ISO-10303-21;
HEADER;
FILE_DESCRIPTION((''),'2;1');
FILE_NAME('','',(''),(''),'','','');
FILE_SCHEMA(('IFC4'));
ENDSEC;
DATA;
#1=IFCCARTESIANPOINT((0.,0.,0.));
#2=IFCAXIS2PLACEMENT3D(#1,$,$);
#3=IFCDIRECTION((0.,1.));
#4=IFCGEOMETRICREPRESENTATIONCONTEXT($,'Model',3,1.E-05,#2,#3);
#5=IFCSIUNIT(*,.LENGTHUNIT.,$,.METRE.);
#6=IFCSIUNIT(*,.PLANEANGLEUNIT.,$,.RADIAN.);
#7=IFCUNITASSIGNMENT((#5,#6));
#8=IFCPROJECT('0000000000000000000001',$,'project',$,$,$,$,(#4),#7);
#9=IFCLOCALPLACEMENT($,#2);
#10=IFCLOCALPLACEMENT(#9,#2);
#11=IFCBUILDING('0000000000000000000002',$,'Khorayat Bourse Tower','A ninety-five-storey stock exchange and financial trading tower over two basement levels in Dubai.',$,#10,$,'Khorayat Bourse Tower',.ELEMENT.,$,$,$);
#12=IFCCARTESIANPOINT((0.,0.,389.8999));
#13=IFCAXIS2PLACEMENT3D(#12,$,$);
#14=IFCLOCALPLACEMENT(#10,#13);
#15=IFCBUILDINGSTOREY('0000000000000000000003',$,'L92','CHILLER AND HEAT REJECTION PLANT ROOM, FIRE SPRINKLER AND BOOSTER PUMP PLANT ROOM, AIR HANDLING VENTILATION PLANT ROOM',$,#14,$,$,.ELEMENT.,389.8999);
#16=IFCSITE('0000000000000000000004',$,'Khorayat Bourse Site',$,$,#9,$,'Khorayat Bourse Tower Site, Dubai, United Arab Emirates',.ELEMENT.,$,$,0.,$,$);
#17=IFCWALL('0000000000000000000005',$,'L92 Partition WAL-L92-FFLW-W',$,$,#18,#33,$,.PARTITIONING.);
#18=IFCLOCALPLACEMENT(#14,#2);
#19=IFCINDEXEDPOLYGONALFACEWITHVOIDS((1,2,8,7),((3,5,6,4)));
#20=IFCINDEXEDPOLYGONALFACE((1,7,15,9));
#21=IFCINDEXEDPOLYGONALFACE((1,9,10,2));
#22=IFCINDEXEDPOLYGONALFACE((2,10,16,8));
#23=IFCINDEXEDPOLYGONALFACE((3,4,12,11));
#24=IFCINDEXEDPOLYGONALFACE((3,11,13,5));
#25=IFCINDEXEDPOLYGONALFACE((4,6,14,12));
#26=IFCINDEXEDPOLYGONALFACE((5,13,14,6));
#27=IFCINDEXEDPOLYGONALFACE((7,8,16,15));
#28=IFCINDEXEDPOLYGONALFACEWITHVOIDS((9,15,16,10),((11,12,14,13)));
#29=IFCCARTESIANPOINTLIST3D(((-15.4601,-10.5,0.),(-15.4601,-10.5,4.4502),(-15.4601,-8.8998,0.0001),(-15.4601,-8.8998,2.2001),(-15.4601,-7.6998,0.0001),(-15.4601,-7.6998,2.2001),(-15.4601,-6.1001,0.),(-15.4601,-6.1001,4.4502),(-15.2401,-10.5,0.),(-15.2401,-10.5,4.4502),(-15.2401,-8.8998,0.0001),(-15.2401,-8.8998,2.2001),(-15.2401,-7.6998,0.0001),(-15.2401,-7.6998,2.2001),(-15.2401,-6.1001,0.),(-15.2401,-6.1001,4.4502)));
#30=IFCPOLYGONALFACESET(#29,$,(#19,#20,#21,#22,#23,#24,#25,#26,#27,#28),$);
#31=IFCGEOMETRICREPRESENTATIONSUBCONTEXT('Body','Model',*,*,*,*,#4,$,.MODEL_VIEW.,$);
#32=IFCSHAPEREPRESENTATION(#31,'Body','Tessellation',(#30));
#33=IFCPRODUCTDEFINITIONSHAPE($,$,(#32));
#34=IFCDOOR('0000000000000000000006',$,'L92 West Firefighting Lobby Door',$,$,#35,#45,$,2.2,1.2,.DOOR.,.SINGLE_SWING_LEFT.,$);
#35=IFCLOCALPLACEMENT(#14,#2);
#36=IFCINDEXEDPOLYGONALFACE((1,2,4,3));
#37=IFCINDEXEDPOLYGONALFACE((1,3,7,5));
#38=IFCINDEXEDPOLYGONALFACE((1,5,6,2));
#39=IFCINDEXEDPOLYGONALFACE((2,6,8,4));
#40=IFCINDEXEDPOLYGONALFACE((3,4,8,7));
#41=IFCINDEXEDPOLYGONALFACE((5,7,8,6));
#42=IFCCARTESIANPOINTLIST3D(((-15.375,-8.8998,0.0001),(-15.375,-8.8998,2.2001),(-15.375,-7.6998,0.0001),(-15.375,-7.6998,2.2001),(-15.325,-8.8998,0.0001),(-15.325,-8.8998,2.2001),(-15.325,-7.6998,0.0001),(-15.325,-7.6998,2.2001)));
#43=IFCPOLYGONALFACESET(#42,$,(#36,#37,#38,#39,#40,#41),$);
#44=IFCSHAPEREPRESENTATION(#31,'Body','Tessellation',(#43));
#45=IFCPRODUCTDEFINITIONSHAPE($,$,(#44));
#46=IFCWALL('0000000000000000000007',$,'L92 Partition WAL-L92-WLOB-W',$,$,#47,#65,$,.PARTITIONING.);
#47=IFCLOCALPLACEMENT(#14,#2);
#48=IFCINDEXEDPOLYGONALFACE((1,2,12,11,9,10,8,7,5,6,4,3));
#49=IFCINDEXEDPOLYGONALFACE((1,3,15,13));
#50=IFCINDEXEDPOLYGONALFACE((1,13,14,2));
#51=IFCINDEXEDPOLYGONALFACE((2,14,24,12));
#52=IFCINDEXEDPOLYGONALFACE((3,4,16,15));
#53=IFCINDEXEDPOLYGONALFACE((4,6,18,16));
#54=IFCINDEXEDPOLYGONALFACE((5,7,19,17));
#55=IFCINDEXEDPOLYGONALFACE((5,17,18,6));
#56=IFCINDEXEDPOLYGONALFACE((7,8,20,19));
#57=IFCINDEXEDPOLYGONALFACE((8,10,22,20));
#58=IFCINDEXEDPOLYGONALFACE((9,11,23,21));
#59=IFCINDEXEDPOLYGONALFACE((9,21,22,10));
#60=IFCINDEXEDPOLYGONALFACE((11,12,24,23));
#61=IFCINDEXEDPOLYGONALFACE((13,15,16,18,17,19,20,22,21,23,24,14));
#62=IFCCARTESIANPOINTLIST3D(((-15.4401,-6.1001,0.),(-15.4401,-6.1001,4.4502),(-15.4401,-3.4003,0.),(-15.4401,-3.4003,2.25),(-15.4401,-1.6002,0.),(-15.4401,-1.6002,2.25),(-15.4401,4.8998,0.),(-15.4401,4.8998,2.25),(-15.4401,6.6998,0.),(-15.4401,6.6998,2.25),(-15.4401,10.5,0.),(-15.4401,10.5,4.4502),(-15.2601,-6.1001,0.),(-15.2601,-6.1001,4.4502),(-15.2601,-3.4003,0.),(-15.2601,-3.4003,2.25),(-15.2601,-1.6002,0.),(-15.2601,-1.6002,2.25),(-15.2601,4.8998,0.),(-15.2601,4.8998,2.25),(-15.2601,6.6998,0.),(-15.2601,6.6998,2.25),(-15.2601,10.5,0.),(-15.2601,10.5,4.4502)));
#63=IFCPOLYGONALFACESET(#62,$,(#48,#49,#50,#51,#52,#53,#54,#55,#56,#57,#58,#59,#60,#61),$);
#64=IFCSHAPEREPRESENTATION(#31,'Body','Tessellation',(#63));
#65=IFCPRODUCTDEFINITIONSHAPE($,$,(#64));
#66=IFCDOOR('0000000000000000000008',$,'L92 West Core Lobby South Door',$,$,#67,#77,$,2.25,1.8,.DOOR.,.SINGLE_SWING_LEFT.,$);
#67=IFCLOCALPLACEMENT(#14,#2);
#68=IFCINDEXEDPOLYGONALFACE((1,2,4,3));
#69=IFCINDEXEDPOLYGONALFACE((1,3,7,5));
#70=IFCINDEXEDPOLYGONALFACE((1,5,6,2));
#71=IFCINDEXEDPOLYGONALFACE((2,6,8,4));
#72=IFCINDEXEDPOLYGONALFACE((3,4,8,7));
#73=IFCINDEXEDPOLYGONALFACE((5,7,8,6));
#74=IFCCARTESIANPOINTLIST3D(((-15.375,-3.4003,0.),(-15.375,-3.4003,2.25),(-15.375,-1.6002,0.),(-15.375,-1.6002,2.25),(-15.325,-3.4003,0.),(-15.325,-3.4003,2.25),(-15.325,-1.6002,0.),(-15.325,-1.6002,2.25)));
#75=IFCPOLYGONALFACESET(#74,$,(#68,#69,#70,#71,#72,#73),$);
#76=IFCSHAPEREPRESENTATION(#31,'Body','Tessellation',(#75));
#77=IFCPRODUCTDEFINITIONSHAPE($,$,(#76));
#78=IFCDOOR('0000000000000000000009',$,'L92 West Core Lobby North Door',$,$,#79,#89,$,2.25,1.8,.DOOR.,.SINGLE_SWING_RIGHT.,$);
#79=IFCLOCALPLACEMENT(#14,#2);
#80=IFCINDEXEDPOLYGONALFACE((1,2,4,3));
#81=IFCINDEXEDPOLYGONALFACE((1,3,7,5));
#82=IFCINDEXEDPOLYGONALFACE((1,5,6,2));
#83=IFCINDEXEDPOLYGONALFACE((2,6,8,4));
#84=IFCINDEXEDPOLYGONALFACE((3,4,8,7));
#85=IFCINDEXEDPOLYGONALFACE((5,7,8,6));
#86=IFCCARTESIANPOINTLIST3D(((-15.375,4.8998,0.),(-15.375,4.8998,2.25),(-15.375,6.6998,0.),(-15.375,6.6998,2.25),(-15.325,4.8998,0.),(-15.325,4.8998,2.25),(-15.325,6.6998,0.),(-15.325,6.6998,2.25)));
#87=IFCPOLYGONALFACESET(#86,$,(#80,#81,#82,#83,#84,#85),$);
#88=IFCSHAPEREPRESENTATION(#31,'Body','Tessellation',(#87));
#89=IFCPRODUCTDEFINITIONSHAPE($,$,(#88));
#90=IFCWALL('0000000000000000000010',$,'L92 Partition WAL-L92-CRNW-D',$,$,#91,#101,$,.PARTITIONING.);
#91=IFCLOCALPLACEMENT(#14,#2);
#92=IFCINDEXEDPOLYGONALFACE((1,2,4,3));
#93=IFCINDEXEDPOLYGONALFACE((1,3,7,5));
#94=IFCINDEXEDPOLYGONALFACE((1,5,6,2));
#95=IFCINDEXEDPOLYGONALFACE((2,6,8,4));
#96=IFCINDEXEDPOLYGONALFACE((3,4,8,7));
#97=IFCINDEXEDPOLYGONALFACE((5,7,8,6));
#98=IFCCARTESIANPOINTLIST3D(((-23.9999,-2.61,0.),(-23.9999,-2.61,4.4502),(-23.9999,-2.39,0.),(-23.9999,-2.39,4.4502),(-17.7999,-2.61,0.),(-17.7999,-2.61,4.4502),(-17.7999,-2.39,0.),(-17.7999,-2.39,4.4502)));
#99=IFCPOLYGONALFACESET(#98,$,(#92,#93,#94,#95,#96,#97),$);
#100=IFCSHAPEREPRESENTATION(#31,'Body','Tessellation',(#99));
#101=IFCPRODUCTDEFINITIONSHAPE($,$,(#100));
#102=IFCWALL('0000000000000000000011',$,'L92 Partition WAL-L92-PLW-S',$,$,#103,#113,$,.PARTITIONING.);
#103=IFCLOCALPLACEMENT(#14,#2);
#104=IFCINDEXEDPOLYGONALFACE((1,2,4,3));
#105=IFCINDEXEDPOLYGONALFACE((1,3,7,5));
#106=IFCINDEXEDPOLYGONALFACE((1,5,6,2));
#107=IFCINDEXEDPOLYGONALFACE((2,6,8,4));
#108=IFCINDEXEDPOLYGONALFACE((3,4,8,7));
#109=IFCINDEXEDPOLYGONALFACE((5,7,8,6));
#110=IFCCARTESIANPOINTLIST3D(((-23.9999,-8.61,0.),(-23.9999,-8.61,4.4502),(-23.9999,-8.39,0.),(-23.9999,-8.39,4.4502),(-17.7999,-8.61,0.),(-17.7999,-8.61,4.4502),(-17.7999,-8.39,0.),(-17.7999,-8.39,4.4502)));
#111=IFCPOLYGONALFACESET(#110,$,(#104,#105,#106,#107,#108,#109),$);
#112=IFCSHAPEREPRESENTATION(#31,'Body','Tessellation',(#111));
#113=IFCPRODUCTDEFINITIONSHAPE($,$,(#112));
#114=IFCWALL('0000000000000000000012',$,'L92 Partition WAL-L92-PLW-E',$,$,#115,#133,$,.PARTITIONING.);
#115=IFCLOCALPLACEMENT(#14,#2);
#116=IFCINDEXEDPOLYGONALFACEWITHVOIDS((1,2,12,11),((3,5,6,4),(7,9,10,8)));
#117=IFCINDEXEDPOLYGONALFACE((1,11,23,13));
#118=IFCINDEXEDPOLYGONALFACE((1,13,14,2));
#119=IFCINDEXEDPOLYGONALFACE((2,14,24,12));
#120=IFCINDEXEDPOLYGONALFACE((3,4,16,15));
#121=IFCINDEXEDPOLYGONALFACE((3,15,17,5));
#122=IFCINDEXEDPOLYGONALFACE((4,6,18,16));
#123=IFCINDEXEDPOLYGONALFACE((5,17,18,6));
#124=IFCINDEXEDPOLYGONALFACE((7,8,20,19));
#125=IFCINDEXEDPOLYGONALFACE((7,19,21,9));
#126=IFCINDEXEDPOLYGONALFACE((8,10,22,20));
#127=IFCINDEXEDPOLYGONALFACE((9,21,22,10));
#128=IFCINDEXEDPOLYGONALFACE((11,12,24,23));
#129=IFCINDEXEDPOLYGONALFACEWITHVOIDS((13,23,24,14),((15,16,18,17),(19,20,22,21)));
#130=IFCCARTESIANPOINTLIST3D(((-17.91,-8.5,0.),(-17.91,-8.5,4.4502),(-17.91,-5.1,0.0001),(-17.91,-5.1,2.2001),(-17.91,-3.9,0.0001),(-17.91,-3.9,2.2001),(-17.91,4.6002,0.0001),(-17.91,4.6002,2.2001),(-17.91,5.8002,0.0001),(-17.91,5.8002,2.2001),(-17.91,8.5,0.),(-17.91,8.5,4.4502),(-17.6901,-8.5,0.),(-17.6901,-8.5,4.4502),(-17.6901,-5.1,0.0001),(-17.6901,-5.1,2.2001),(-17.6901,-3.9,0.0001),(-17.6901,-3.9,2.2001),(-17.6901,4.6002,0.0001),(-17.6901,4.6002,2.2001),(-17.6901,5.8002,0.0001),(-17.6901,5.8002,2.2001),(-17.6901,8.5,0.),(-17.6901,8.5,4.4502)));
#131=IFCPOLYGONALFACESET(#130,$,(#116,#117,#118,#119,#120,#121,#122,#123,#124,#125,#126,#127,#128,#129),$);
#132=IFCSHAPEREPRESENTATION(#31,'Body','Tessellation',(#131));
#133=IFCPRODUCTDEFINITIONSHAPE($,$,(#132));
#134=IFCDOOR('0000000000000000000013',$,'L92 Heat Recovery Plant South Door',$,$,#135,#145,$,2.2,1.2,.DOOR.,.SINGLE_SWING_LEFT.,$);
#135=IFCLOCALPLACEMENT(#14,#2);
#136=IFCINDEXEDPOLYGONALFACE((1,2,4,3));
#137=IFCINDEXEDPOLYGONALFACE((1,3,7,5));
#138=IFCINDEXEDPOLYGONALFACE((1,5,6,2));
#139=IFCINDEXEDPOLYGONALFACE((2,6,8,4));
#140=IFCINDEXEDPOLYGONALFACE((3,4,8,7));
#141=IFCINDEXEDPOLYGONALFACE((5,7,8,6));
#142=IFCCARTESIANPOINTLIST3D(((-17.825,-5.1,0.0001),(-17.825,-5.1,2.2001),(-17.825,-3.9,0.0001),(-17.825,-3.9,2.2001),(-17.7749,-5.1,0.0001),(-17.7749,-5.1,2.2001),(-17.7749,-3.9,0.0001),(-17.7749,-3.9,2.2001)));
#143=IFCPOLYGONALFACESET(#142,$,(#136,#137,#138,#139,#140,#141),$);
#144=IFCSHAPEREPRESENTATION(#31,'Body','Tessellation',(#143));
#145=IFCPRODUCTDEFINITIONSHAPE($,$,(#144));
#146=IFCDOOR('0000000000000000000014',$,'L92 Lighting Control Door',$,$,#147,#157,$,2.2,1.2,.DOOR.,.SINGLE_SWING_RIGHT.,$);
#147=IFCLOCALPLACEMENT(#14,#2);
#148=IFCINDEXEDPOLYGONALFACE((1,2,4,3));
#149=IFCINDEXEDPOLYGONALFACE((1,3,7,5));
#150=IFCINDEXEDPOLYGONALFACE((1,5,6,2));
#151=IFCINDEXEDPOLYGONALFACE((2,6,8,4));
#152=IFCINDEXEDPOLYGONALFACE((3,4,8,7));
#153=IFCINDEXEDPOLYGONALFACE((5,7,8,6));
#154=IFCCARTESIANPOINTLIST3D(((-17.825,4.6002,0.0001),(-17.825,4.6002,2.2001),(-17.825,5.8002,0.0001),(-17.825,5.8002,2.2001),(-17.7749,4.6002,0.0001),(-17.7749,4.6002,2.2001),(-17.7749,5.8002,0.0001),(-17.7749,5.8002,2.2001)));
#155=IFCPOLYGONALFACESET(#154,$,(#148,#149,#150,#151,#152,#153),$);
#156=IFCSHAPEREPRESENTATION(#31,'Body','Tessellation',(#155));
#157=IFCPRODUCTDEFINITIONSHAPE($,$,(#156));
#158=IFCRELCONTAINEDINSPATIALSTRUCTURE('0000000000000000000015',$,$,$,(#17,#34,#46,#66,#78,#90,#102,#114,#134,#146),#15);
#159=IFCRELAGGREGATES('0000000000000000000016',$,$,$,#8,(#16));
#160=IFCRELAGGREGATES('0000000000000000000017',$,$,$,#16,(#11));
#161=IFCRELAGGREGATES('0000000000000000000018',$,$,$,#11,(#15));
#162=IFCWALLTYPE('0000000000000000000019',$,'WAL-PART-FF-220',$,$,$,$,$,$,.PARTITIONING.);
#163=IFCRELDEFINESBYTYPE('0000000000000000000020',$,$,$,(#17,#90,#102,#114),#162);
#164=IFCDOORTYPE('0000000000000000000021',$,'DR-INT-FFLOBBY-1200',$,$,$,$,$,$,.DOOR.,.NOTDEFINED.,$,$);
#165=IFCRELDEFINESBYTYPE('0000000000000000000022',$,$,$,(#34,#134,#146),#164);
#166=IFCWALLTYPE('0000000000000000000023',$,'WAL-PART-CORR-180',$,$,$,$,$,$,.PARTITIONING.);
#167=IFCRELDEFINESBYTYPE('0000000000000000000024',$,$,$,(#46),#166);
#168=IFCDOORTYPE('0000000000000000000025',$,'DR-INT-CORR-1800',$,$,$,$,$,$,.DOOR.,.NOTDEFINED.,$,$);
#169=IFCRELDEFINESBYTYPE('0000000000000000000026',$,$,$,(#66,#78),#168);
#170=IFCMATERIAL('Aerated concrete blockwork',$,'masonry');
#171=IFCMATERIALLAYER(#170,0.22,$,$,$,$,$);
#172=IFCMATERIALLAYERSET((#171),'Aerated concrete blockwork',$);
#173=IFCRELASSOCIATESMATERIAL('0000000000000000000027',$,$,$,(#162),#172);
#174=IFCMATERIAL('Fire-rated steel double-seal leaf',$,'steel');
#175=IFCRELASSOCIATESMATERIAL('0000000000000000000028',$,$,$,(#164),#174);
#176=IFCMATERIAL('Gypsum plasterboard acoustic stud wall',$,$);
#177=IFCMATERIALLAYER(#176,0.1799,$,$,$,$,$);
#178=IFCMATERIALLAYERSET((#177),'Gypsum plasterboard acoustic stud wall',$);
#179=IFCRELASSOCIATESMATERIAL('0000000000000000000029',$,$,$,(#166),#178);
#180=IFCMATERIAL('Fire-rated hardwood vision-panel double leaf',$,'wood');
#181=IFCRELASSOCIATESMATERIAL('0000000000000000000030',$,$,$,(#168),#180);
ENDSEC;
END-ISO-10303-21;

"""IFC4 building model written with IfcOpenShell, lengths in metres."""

from ifc_helpers import new_model, si_unit, direction, frame, frame_2d, origin, place, context, subcontext, project, spatial, rectangle, extrude, source, transform, mapped, material, layer, layer_set, type_object, element, fill, save


model = new_model("IFC4")

# Units and contexts
model_context = context("Model", 3, precision=1e-05, world=origin(), true_north=direction((0.0, 1.0)))
body_context = subcontext(model_context, "Body", "Model", "MODEL_VIEW")
ifc_project = project(units=[si_unit("LENGTHUNIT", "METRE"), si_unit("PLANEANGLEUNIT", "RADIAN")], contexts=[model_context])

# Site, building, storey
site_placement = place(None, origin())
site = spatial("IfcSite", under=ifc_project, at=site_placement, Name="Khorayat Bourse Site", LongName="Khorayat Bourse Tower Site, Dubai, United Arab Emirates", CompositionType="ELEMENT", RefElevation=0.0)
building_placement = place(site_placement, origin())
building = spatial("IfcBuilding", under=site, at=building_placement, Name="Khorayat Bourse Tower", Description="A ninety-five-storey stock exchange and financial trading tower over two basement levels in Dubai.", LongName="Khorayat Bourse Tower", CompositionType="ELEMENT")
storey_placement = place(building_placement, frame((0.0, 0.0, 389.8999)))
storey = spatial("IfcBuildingStorey", under=building, at=storey_placement, Name="L92", Description="CHILLER AND HEAT REJECTION PLANT ROOM, FIRE SPRINKLER AND BOOSTER PUMP PLANT ROOM, AIR HANDLING VENTILATION PLANT ROOM", CompositionType="ELEMENT", Elevation=389.8999)

# Shared definitions
ifc_material_1 = material(Name="Aerated concrete blockwork", Category="masonry")
ifc_layer_1 = layer(ifc_material_1, 0.22)
ifc_layer_set_1 = layer_set([ifc_layer_1], Name="Aerated concrete blockwork")
wall_type_1 = type_object("IfcWallType", Name="WAL-PART-FF-220", PredefinedType="PARTITIONING", material=ifc_layer_set_1)

# Wall, opening, door
shared_shape_1 = source(origin(), body_context, "Body", "SweptSolid", [
    extrude(rectangle(XDim=4.3999, YDim=0.22, at=frame_2d((2.2, 0.0))), origin(), (0.0, 0.0, 1.0), 4.4502),
])
wall_1_placement = place(storey_placement, frame((-15.3501, -10.5, 0.0), z_axis=(0.0, 0.0, 1.0), x_axis=(0.0, 1.0, 0.0)))
wall_1 = element("IfcWall", 1, at=wall_1_placement, inside=storey, type_object=wall_type_1, Name="L92 Partition WAL-L92-FFLW-W", PredefinedType="PARTITIONING", context=body_context, shape_type="MappedRepresentation", body=[
    mapped(shared_shape_1, transform((0.0, 0.0, 0.0), scale=1.0)),
])
shared_shape_2 = source(origin(), body_context, "Body", "SweptSolid", [
    extrude(rectangle(XDim=1.2, YDim=2.2, at=frame_2d((0.6001, 1.1001))), frame((0.0, 0.1199, 0.0), z_axis=(0.0, -1.0, 0.0), x_axis=(1.0, 0.0, 0.0)), (0.0, 0.0, 1.0), 0.24),
])
opening_1_placement = place(wall_1_placement, frame((1.6001, 0.0, 0.0)))
opening_1 = element("IfcOpeningElement", 2, at=opening_1_placement, cuts=wall_1, PredefinedType="OPENING", context=body_context, shape_type="MappedRepresentation", body=[
    mapped(shared_shape_2, transform((0.0, 0.0, 0.0), scale=1.0)),
])
ifc_material_2 = material(Name="Fire-rated steel double-seal leaf", Category="steel")
door_type_1 = type_object("IfcDoorType", Name="DR-INT-FFLOBBY-1200", OperationType="NOTDEFINED", PredefinedType="DOOR", material=ifc_material_2)
shared_shape_3 = source(origin(), body_context, "Body", "SweptSolid", [
    extrude(rectangle(XDim=1.2, YDim=2.2, at=frame_2d((0.6001, 1.1001))), frame((0.0, 0.0249, 0.0), z_axis=(0.0, -1.0, 0.0), x_axis=(1.0, 0.0, 0.0)), (0.0, 0.0, 1.0), 0.05),
])
door_1_placement = place(opening_1_placement, origin())
door_1 = element("IfcDoor", 3, at=door_1_placement, inside=storey, type_object=door_type_1, Name="L92 West Firefighting Lobby Door", OperationType="SINGLE_SWING_LEFT", OverallHeight=2.2, OverallWidth=1.2, PredefinedType="DOOR", context=body_context, shape_type="MappedRepresentation", body=[
    mapped(shared_shape_3, transform((0.0, 0.0, 0.0), scale=1.0)),
])
fill(opening_1, door_1)

# Wall, openings, doors
ifc_material_3 = material(Name="Gypsum plasterboard acoustic stud wall")
ifc_layer_2 = layer(ifc_material_3, 0.1799)
ifc_layer_set_2 = layer_set([ifc_layer_2], Name="Gypsum plasterboard acoustic stud wall")
wall_type_2 = type_object("IfcWallType", Name="WAL-PART-CORR-180", PredefinedType="PARTITIONING", material=ifc_layer_set_2)
shared_shape_4 = source(origin(), body_context, "Body", "SweptSolid", [
    extrude(rectangle(XDim=16.6001, YDim=0.1799, at=frame_2d((8.3, 0.0))), origin(), (0.0, 0.0, 1.0), 4.4502),
])
wall_2_placement = place(storey_placement, frame((-15.3501, -6.1001, 0.0), z_axis=(0.0, 0.0, 1.0), x_axis=(0.0, 1.0, 0.0)))
wall_2 = element("IfcWall", 4, at=wall_2_placement, inside=storey, type_object=wall_type_2, Name="L92 Partition WAL-L92-WLOB-W", PredefinedType="PARTITIONING", context=body_context, shape_type="MappedRepresentation", body=[
    mapped(shared_shape_4, transform((0.0, 0.0, 0.0), scale=1.0)),
])
shared_shape_5 = source(origin(), body_context, "Body", "SweptSolid", [
    extrude(rectangle(XDim=1.8, YDim=2.25, at=frame_2d((0.8999, 1.125))), frame((0.0, 0.0999, 0.0), z_axis=(0.0, -1.0, 0.0), x_axis=(1.0, 0.0, 0.0)), (0.0, 0.0, 1.0), 0.2),
])
opening_2_placement = place(wall_2_placement, frame((2.7, 0.0, 0.0)))
opening_2 = element("IfcOpeningElement", 5, at=opening_2_placement, cuts=wall_2, PredefinedType="OPENING", context=body_context, shape_type="MappedRepresentation", body=[
    mapped(shared_shape_5, transform((0.0, 0.0, 0.0), scale=1.0)),
])
opening_3_placement = place(wall_2_placement, frame((11.0, 0.0, 0.0)))
opening_3 = element("IfcOpeningElement", 6, at=opening_3_placement, cuts=wall_2, PredefinedType="OPENING", context=body_context, shape_type="MappedRepresentation", body=[
    mapped(shared_shape_5, transform((0.0, 0.0, 0.0), scale=1.0)),
])
ifc_material_4 = material(Name="Fire-rated hardwood vision-panel double leaf", Category="wood")
door_type_2 = type_object("IfcDoorType", Name="DR-INT-CORR-1800", OperationType="NOTDEFINED", PredefinedType="DOOR", material=ifc_material_4)
shared_shape_6 = source(origin(), body_context, "Body", "SweptSolid", [
    extrude(rectangle(XDim=1.8, YDim=2.25, at=frame_2d((0.8999, 1.125))), frame((0.0, 0.0249, 0.0), z_axis=(0.0, -1.0, 0.0), x_axis=(1.0, 0.0, 0.0)), (0.0, 0.0, 1.0), 0.05),
])
door_2_placement = place(opening_2_placement, origin())
door_2 = element("IfcDoor", 7, at=door_2_placement, inside=storey, type_object=door_type_2, Name="L92 West Core Lobby South Door", OperationType="SINGLE_SWING_LEFT", OverallHeight=2.25, OverallWidth=1.8, PredefinedType="DOOR", context=body_context, shape_type="MappedRepresentation", body=[
    mapped(shared_shape_6, transform((0.0, 0.0, 0.0), scale=1.0)),
])
fill(opening_2, door_2)
door_3_placement = place(opening_3_placement, origin())
door_3 = element("IfcDoor", 8, at=door_3_placement, inside=storey, type_object=door_type_2, Name="L92 West Core Lobby North Door", OperationType="SINGLE_SWING_RIGHT", OverallHeight=2.25, OverallWidth=1.8, PredefinedType="DOOR", context=body_context, shape_type="MappedRepresentation", body=[
    mapped(shared_shape_6, transform((0.0, 0.0, 0.0), scale=1.0)),
])
fill(opening_3, door_3)

# Walls
shared_shape_7 = source(origin(), body_context, "Body", "SweptSolid", [
    extrude(rectangle(XDim=6.2, YDim=0.22, at=frame_2d((3.1001, 0.0))), origin(), (0.0, 0.0, 1.0), 4.4502),
])
for number, where, z_axis, x_axis, name in (
    (9, (-24.0, -2.5, 0.0), (0.0, 0.0, 1.0), (1.0, 0.0, 0.0), "L92 Partition WAL-L92-CRNW-D"),
    (10, (-24.0, -8.5, 0.0), (0.0, 0.0, 1.0), (1.0, 0.0, 0.0), "L92 Partition WAL-L92-PLW-S"),
):
    element("IfcWall", number, at=place(storey_placement, frame(where, z_axis=z_axis, x_axis=x_axis)), inside=storey, type_object=wall_type_1, Name=name, PredefinedType="PARTITIONING", context=body_context, shape_type="MappedRepresentation", body=[
        mapped(shared_shape_7, transform((0.0, 0.0, 0.0), scale=1.0)),
    ])

# Wall, openings, doors
shared_shape_8 = source(origin(), body_context, "Body", "SweptSolid", [
    extrude(rectangle(XDim=17.0, YDim=0.22, at=frame_2d((8.5, 0.0))), origin(), (0.0, 0.0, 1.0), 4.4502),
])
wall_3_placement = place(storey_placement, frame((-17.8, -8.5, 0.0), z_axis=(0.0, 0.0, 1.0), x_axis=(0.0, 1.0, 0.0)))
wall_3 = element("IfcWall", 11, at=wall_3_placement, inside=storey, type_object=wall_type_1, Name="L92 Partition WAL-L92-PLW-E", PredefinedType="PARTITIONING", context=body_context, shape_type="MappedRepresentation", body=[
    mapped(shared_shape_8, transform((0.0, 0.0, 0.0), scale=1.0)),
])
opening_4_placement = place(wall_3_placement, frame((3.3999, 0.0, 0.0)))
opening_4 = element("IfcOpeningElement", 12, at=opening_4_placement, cuts=wall_3, PredefinedType="OPENING", context=body_context, shape_type="MappedRepresentation", body=[
    mapped(shared_shape_2, transform((0.0, 0.0, 0.0), scale=1.0)),
])
opening_5_placement = place(wall_3_placement, frame((13.1001, 0.0, 0.0)))
opening_5 = element("IfcOpeningElement", 13, at=opening_5_placement, cuts=wall_3, PredefinedType="OPENING", context=body_context, shape_type="MappedRepresentation", body=[
    mapped(shared_shape_2, transform((0.0, 0.0, 0.0), scale=1.0)),
])
door_4_placement = place(opening_4_placement, origin())
door_4 = element("IfcDoor", 14, at=door_4_placement, inside=storey, type_object=door_type_1, Name="L92 Heat Recovery Plant South Door", OperationType="SINGLE_SWING_LEFT", OverallHeight=2.2, OverallWidth=1.2, PredefinedType="DOOR", context=body_context, shape_type="MappedRepresentation", body=[
    mapped(shared_shape_3, transform((0.0, 0.0, 0.0), scale=1.0)),
])
fill(opening_4, door_4)
door_5_placement = place(opening_5_placement, origin())
door_5 = element("IfcDoor", 15, at=door_5_placement, inside=storey, type_object=door_type_1, Name="L92 Lighting Control Door", OperationType="SINGLE_SWING_RIGHT", OverallHeight=2.2, OverallWidth=1.2, PredefinedType="DOOR", context=body_context, shape_type="MappedRepresentation", body=[
    mapped(shared_shape_3, transform((0.0, 0.0, 0.0), scale=1.0)),
])
fill(opening_5, door_5)

save(model, "model.ifc")
